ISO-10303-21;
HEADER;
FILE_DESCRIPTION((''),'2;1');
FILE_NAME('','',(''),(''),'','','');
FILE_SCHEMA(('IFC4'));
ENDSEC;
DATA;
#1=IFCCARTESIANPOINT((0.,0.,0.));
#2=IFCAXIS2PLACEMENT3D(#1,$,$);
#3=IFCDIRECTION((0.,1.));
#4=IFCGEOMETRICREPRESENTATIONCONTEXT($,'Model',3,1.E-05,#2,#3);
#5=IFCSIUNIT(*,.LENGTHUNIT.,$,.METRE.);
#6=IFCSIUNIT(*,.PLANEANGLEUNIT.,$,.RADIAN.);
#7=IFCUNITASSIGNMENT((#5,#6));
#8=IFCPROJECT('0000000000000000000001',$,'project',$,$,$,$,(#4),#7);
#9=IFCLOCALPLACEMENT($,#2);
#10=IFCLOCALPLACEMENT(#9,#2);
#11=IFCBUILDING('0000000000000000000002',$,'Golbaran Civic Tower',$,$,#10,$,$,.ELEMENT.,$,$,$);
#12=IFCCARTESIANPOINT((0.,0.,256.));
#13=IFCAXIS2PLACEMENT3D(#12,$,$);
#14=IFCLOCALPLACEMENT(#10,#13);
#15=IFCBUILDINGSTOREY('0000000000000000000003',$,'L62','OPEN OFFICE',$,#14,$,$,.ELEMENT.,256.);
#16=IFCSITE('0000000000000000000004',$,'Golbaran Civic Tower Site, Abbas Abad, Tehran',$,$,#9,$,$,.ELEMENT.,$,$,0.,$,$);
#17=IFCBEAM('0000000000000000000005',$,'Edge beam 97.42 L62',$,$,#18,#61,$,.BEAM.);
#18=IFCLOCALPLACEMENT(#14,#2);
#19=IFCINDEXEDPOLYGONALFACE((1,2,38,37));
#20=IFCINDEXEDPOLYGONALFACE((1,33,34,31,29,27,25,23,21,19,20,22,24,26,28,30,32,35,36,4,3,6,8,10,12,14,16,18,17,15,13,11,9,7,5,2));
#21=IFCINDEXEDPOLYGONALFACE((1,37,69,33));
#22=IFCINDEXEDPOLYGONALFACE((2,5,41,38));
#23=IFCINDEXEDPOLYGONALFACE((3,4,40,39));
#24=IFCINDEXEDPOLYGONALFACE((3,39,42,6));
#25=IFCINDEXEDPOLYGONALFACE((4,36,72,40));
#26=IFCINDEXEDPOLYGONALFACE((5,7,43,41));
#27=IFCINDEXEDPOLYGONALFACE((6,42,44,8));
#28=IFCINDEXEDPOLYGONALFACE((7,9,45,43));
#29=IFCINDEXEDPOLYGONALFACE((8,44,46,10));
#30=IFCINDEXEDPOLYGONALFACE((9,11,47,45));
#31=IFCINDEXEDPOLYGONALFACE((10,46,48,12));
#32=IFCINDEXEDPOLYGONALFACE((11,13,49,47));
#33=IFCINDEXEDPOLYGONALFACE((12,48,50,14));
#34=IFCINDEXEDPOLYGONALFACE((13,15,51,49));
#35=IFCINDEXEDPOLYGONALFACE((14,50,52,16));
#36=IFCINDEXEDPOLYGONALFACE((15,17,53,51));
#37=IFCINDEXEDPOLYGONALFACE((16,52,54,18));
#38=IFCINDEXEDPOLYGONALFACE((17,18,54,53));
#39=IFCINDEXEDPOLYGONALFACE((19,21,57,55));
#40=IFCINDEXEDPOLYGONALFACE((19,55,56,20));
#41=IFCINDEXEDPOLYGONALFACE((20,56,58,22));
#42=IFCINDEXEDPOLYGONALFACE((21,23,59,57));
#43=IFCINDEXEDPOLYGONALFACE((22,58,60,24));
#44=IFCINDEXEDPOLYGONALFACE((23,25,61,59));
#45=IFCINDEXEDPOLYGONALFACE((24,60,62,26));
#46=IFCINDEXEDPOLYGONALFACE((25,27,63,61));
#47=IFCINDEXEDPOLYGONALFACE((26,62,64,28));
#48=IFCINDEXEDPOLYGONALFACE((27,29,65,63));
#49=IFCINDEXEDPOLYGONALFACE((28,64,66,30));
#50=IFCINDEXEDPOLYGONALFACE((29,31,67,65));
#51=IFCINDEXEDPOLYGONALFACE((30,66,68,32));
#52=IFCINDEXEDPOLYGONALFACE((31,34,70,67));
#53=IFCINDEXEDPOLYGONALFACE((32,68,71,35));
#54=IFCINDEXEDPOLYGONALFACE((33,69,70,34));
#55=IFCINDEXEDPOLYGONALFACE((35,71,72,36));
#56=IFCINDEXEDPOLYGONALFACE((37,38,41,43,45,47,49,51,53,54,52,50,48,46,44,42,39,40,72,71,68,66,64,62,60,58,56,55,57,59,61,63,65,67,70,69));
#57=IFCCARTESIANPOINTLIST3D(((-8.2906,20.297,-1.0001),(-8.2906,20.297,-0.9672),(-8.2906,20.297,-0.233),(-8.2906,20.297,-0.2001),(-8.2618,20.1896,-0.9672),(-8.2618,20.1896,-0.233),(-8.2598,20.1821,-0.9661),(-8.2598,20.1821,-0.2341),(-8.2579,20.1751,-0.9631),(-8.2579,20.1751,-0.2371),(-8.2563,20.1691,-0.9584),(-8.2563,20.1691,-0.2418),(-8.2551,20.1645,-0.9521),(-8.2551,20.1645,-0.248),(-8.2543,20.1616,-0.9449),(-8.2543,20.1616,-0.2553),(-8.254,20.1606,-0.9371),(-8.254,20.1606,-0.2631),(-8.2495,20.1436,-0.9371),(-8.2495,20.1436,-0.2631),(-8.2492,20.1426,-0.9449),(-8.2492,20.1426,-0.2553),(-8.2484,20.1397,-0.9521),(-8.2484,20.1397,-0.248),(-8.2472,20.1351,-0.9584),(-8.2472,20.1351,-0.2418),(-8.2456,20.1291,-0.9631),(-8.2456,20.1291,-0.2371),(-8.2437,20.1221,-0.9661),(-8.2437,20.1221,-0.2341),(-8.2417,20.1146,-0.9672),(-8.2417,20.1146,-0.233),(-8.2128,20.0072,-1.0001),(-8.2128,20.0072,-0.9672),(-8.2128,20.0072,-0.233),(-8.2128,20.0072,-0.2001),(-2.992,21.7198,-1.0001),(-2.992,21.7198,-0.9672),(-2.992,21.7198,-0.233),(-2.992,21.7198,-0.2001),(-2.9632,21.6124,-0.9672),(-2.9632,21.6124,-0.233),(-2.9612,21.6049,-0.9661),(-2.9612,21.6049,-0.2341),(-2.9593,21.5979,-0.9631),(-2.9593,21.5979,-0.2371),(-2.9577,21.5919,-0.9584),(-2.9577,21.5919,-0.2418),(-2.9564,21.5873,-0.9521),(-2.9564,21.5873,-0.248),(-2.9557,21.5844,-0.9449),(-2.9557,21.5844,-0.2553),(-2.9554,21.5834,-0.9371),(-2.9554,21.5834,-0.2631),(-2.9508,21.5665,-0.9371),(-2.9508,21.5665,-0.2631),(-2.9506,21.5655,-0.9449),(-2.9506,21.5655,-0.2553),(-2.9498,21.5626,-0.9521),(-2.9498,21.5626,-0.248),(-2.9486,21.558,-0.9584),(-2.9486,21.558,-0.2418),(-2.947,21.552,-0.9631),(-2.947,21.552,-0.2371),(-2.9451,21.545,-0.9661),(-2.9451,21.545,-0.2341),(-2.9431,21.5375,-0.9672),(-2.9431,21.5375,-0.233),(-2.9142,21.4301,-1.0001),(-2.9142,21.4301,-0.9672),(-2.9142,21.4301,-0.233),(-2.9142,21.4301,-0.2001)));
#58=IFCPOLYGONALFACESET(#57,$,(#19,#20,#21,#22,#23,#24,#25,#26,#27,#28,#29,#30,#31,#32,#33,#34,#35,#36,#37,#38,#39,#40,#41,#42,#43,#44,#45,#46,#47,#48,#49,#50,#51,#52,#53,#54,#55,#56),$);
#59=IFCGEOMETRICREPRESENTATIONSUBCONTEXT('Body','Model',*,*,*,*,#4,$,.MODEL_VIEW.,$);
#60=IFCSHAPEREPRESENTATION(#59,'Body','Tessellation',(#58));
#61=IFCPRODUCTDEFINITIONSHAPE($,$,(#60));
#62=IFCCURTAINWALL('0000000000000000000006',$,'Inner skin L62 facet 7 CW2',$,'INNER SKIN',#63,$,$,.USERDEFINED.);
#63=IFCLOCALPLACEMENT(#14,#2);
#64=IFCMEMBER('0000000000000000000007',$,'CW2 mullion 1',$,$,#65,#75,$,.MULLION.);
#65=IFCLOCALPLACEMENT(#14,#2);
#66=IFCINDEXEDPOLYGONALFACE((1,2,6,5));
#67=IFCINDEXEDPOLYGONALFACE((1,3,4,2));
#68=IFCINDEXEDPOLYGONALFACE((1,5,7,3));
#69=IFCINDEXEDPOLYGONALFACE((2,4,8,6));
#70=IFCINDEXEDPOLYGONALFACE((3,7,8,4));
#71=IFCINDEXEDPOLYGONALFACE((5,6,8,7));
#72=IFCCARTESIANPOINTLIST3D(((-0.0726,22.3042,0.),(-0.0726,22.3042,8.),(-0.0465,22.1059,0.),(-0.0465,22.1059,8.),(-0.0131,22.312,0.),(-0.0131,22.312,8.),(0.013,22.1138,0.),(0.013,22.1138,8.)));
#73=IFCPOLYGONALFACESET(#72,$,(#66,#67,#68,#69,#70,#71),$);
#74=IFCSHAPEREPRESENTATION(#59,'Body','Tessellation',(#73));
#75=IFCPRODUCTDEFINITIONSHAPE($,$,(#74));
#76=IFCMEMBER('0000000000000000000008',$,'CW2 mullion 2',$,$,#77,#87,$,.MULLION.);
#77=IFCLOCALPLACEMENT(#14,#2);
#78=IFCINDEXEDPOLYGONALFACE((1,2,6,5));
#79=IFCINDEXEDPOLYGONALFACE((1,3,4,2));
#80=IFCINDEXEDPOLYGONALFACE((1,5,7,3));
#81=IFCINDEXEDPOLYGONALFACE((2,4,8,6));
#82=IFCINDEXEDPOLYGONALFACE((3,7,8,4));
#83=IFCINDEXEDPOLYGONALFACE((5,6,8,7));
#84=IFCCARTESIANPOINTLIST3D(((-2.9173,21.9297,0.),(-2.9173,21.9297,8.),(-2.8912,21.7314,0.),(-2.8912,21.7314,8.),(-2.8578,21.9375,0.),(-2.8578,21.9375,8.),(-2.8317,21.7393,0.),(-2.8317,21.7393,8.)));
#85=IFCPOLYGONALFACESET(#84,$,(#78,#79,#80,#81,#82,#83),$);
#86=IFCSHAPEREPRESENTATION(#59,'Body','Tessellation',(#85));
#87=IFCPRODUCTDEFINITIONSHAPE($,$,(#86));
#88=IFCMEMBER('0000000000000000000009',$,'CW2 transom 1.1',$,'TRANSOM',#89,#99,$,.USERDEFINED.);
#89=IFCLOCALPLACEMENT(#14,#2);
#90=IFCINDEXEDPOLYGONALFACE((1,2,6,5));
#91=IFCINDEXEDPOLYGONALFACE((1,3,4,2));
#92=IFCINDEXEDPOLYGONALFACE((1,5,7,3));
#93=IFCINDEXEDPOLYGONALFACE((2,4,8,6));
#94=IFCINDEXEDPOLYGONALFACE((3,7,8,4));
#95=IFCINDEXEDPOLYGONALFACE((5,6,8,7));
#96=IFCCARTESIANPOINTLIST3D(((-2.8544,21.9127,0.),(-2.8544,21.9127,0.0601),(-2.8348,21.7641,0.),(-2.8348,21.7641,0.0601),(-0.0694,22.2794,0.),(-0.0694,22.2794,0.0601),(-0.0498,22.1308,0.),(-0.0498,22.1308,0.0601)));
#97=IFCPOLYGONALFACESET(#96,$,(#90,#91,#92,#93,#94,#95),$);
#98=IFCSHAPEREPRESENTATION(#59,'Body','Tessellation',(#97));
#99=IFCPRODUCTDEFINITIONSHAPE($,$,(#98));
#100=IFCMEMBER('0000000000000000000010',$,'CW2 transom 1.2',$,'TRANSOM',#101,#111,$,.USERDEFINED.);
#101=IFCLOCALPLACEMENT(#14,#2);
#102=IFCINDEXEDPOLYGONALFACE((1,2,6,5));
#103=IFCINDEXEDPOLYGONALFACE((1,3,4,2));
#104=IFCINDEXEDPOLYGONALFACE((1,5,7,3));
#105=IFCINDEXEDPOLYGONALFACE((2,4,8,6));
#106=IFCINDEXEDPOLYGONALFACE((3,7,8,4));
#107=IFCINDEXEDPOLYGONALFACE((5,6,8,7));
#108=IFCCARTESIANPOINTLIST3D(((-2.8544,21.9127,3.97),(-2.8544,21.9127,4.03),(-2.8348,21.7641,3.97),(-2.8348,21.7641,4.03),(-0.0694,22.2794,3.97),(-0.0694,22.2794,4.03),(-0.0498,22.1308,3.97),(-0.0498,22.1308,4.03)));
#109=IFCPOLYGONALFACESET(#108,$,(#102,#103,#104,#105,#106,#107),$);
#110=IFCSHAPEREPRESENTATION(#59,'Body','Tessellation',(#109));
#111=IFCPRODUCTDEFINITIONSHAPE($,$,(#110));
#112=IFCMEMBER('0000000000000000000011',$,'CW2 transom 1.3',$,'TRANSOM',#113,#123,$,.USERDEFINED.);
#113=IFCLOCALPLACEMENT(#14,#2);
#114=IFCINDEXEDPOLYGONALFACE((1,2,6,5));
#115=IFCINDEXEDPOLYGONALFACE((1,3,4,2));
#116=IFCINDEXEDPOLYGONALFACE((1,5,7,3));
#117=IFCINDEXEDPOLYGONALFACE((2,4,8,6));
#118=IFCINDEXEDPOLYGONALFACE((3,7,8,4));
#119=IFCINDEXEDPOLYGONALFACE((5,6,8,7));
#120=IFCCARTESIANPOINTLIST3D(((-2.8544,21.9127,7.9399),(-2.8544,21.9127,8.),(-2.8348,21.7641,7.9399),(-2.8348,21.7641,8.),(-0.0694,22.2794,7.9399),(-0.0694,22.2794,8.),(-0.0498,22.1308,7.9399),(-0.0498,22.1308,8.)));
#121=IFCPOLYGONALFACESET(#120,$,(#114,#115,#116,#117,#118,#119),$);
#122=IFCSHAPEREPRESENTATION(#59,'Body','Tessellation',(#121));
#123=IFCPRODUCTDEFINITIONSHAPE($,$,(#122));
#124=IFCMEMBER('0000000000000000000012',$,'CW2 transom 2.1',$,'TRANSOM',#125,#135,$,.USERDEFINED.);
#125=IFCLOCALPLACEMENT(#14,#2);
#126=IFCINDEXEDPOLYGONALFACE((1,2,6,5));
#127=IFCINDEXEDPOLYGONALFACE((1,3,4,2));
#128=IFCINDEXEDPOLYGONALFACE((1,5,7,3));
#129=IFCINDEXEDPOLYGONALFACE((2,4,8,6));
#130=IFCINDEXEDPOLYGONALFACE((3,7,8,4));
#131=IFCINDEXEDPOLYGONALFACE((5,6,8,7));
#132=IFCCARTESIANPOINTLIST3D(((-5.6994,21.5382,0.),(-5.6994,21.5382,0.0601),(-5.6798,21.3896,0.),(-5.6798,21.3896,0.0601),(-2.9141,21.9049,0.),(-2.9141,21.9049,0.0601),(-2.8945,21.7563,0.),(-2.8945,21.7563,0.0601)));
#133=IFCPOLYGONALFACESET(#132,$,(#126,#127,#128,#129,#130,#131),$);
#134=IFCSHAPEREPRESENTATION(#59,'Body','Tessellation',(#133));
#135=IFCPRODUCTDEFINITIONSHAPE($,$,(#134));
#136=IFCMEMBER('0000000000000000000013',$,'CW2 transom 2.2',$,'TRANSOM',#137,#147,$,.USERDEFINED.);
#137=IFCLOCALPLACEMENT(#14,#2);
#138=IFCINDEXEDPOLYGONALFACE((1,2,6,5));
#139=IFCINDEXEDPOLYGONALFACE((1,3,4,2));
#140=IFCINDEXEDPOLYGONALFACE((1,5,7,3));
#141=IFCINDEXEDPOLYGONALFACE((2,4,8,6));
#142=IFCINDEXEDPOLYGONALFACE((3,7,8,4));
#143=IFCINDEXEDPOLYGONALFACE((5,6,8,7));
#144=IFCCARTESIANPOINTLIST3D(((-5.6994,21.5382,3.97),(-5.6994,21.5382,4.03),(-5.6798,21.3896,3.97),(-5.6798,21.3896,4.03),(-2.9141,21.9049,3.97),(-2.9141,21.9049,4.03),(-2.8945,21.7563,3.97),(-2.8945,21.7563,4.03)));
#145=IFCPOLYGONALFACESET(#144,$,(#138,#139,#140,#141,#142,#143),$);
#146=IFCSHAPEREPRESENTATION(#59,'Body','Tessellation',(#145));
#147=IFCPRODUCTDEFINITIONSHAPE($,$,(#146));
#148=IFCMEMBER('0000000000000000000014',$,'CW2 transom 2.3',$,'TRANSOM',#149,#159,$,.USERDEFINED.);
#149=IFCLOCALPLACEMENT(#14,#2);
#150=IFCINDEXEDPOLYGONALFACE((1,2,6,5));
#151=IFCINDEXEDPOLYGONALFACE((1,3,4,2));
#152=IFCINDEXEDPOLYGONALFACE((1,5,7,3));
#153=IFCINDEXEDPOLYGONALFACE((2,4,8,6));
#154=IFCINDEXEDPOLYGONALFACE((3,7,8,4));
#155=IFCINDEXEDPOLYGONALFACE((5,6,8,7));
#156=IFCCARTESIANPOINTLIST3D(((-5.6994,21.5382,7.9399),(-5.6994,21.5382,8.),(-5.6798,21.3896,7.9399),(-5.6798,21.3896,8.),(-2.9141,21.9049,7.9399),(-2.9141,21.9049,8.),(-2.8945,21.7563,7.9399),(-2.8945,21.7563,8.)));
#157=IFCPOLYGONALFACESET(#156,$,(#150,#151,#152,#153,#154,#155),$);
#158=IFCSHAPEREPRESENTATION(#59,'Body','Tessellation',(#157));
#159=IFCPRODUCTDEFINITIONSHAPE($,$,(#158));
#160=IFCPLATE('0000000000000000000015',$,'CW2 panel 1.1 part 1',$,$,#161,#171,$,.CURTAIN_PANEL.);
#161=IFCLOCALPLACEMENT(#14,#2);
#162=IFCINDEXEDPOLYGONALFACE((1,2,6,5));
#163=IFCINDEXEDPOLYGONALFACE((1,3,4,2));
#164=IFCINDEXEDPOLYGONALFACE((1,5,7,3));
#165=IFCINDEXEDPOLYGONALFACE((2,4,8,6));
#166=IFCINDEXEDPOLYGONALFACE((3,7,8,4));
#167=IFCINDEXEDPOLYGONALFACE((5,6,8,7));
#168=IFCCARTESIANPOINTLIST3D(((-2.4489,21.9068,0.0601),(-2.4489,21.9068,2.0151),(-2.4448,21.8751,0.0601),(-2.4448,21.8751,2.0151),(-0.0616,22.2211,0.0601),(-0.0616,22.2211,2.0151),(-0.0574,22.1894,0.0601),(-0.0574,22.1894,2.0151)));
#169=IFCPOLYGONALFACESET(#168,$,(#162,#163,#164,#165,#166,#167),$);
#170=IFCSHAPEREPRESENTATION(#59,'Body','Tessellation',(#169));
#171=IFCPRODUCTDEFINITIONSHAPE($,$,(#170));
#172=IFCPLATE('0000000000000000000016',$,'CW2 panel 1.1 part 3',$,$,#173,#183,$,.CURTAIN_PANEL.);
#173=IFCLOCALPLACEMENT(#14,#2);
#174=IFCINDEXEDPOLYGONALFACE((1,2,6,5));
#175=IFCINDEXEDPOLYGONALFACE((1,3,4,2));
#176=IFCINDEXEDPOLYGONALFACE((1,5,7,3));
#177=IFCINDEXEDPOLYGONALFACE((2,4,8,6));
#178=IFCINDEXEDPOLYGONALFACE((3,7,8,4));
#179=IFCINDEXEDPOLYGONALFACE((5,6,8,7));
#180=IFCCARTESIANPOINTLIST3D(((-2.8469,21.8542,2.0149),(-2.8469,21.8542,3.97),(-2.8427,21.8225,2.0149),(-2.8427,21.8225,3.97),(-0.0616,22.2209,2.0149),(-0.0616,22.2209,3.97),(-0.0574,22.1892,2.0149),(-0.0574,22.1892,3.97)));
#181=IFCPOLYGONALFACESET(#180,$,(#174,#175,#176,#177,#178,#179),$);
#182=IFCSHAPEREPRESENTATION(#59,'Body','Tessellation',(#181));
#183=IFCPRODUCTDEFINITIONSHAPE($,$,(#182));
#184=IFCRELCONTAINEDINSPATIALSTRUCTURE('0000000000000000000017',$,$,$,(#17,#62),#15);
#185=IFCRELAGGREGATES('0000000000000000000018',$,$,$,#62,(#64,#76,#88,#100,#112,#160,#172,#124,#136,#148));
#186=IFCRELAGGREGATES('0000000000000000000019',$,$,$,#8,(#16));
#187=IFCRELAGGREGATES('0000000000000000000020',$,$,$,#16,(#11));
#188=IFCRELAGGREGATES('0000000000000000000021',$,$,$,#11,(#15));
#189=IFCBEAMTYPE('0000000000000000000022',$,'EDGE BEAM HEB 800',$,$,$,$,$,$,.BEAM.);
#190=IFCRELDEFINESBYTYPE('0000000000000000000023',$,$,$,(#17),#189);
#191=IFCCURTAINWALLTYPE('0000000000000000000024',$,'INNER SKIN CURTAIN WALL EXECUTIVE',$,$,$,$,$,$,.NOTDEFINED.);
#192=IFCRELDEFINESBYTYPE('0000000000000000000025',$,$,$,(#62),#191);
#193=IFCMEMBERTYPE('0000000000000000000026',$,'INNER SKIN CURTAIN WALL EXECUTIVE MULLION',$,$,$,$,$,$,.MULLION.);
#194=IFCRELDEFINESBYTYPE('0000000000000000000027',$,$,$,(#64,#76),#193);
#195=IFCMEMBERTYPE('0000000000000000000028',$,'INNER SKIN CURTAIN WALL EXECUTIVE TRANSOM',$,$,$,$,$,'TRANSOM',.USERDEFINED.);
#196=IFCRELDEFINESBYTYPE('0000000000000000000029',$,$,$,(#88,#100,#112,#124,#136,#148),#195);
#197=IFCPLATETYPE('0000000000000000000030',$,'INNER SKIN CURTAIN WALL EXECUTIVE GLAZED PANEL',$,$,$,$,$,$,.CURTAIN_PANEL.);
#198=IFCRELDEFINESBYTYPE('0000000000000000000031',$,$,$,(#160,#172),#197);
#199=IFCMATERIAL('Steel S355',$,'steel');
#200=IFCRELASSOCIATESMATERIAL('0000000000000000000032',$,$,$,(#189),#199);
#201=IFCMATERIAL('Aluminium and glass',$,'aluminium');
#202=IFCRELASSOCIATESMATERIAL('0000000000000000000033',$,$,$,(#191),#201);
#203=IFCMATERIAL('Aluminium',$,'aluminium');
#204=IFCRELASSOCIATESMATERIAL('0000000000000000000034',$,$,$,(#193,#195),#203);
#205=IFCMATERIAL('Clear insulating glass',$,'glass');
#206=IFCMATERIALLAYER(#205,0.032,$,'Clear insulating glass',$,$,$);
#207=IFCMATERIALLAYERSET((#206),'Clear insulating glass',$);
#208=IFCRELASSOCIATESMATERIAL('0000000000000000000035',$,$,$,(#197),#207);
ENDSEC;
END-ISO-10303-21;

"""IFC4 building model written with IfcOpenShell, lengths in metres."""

from ifc_helpers import new_model, si_unit, direction, frame, origin, origin_2d, place, context, subcontext, project, spatial, rectangle, i_section, extrude, material, layer, layer_set, material_profile, profile_set, type_object, element, aggregate, save


model = new_model("IFC4")

# Units and contexts
model_context = context("Model", 3, precision=1e-05, world=origin(), true_north=direction((0.0, 1.0)))
body_context = subcontext(model_context, "Body", "Model", "MODEL_VIEW")
ifc_project = project(units=[si_unit("LENGTHUNIT", "METRE"), si_unit("PLANEANGLEUNIT", "RADIAN")], contexts=[model_context])

# Site, building, storey
site_placement = place(None, origin())
site = spatial("IfcSite", under=ifc_project, at=site_placement, Name="Golbaran Civic Tower Site, Abbas Abad, Tehran", CompositionType="ELEMENT", RefElevation=0.0)
building_placement = place(site_placement, origin())
building = spatial("IfcBuilding", under=site, at=building_placement, Name="Golbaran Civic Tower", CompositionType="ELEMENT")
storey_placement = place(building_placement, frame((0.0, 0.0, 256.0)))
storey = spatial("IfcBuildingStorey", under=building, at=storey_placement, Name="L62", Description="OPEN OFFICE", CompositionType="ELEMENT", Elevation=256.0)

# Beam
ifc_material_1 = material(Name="Steel S355", Category="steel")
ifc_material_profile_1 = material_profile(ifc_material_1, i_section(OverallWidth=0.3, OverallDepth=0.8, WebThickness=0.0176, FlangeThickness=0.033, FilletRadius=0.03, at=origin_2d()), Name="HEB 800")
ifc_profile_set_1 = profile_set([ifc_material_profile_1], Name="Steel S355")
beam_type = type_object("IfcBeamType", Name="EDGE BEAM HEB 800", PredefinedType="BEAM", material=ifc_profile_set_1)
beam_placement = place(storey_placement, frame((-2.9531, 21.575, -0.6001), z_axis=(-0.965784, -0.259346, 0.0), x_axis=(0.259346, -0.965784, 0.0)))
element("IfcBeam", 1, at=beam_placement, inside=storey, type_object=beam_type, Name="Edge beam 97.42 L62", PredefinedType="BEAM", context=body_context, shape_type="SweptSolid", body=[
    extrude(i_section(OverallWidth=0.3, OverallDepth=0.8, WebThickness=0.0176, FlangeThickness=0.033, FilletRadius=0.03, at=origin_2d()), origin(), (0.0, 0.0, 1.0), 5.4863),
])

# Curtain wall, members, plates
ifc_material_2 = material(Name="Aluminium and glass", Category="aluminium")
curtain_wall_type = type_object("IfcCurtainWallType", Name="INNER SKIN CURTAIN WALL EXECUTIVE", PredefinedType="NOTDEFINED", material=ifc_material_2)
curtain_wall_placement = place(storey_placement, origin())
curtain_wall = element("IfcCurtainWall", 2, at=curtain_wall_placement, inside=storey, type_object=curtain_wall_type, Name="Inner skin L62 facet 7 CW2", ObjectType="INNER SKIN", PredefinedType="USERDEFINED")
ifc_material_3 = material(Name="Aluminium", Category="aluminium")
ifc_material_profile_2 = material_profile(ifc_material_3, rectangle(XDim=0.2, YDim=0.0601, at=origin_2d()), Name="INNER SKIN CURTAIN WALL EXECUTIVE MULLION")
ifc_profile_set_2 = profile_set([ifc_material_profile_2], Name="Aluminium")
member_type_1 = type_object("IfcMemberType", Name="INNER SKIN CURTAIN WALL EXECUTIVE MULLION", PredefinedType="MULLION", material=ifc_profile_set_2)
member_1_placement = place(storey_placement, frame((-0.0298, 22.209, 0.0), z_axis=(0.0, 0.0, 1.0), x_axis=(0.130526, -0.991445, 0.0)))
member_1 = element("IfcMember", 3, at=member_1_placement, type_object=member_type_1, Name="CW2 mullion 1", PredefinedType="MULLION", context=body_context, shape_type="SweptSolid", body=[
    extrude(rectangle(XDim=0.2, YDim=0.0601, at=origin_2d()), origin(), (0.0, 0.0, 1.0), 8.0),
])
member_2_placement = place(storey_placement, frame((-2.8745, 21.8345, 0.0), z_axis=(0.0, 0.0, 1.0), x_axis=(0.130526, -0.991445, 0.0)))
member_2 = element("IfcMember", 4, at=member_2_placement, type_object=member_type_1, Name="CW2 mullion 2", PredefinedType="MULLION", context=body_context, shape_type="SweptSolid", body=[
    extrude(rectangle(XDim=0.2, YDim=0.0601, at=origin_2d()), origin(), (0.0, 0.0, 1.0), 8.0),
])
ifc_material_profile_3 = material_profile(ifc_material_3, rectangle(XDim=0.1499, YDim=0.0601, at=origin_2d()), Name="INNER SKIN CURTAIN WALL EXECUTIVE TRANSOM")
ifc_profile_set_3 = profile_set([ifc_material_profile_3], Name="Aluminium")
member_type_2 = type_object("IfcMemberType", Name="INNER SKIN CURTAIN WALL EXECUTIVE TRANSOM", ElementType="TRANSOM", PredefinedType="USERDEFINED", material=ifc_profile_set_3)
member_3_placement = place(storey_placement, frame((-0.0596, 22.2051, 0.03), z_axis=(-0.991444, -0.130535, 0.0), x_axis=(0.130535, -0.991444, 0.0)))
member_3 = element("IfcMember", 5, at=member_3_placement, type_object=member_type_2, Name="CW2 transom 1.1", ObjectType="TRANSOM", PredefinedType="USERDEFINED", context=body_context, shape_type="SweptSolid", body=[
    extrude(rectangle(XDim=0.1499, YDim=0.0601, at=origin_2d()), origin(), (0.0, 0.0, 1.0), 2.8091),
])
member_4_placement = place(storey_placement, frame((-0.0596, 22.2051, 4.0), z_axis=(-0.991444, -0.130535, 0.0), x_axis=(0.130535, -0.991444, 0.0)))
member_4 = element("IfcMember", 6, at=member_4_placement, type_object=member_type_2, Name="CW2 transom 1.2", ObjectType="TRANSOM", PredefinedType="USERDEFINED", context=body_context, shape_type="SweptSolid", body=[
    extrude(rectangle(XDim=0.1499, YDim=0.0601, at=origin_2d()), origin(), (0.0, 0.0, 1.0), 2.8091),
])
member_5_placement = place(storey_placement, frame((-0.0596, 22.2051, 7.97), z_axis=(-0.991444, -0.130535, 0.0), x_axis=(0.130535, -0.991444, 0.0)))
member_5 = element("IfcMember", 7, at=member_5_placement, type_object=member_type_2, Name="CW2 transom 1.3", ObjectType="TRANSOM", PredefinedType="USERDEFINED", context=body_context, shape_type="SweptSolid", body=[
    extrude(rectangle(XDim=0.1499, YDim=0.0601, at=origin_2d()), origin(), (0.0, 0.0, 1.0), 2.8091),
])
member_6_placement = place(storey_placement, frame((-2.9043, 21.8306, 0.03), z_axis=(-0.991445, -0.130524, 0.0), x_axis=(0.130524, -0.991445, 0.0)))
member_6 = element("IfcMember", 8, at=member_6_placement, type_object=member_type_2, Name="CW2 transom 2.1", ObjectType="TRANSOM", PredefinedType="USERDEFINED", context=body_context, shape_type="SweptSolid", body=[
    extrude(rectangle(XDim=0.1499, YDim=0.0601, at=origin_2d()), origin(), (0.0, 0.0, 1.0), 2.8093),
])
member_7_placement = place(storey_placement, frame((-2.9043, 21.8306, 4.0), z_axis=(-0.991445, -0.130524, 0.0), x_axis=(0.130524, -0.991445, 0.0)))
member_7 = element("IfcMember", 9, at=member_7_placement, type_object=member_type_2, Name="CW2 transom 2.2", ObjectType="TRANSOM", PredefinedType="USERDEFINED", context=body_context, shape_type="SweptSolid", body=[
    extrude(rectangle(XDim=0.1499, YDim=0.0601, at=origin_2d()), origin(), (0.0, 0.0, 1.0), 2.8093),
])
member_8_placement = place(storey_placement, frame((-2.9043, 21.8306, 7.97), z_axis=(-0.991445, -0.130524, 0.0), x_axis=(0.130524, -0.991445, 0.0)))
member_8 = element("IfcMember", 10, at=member_8_placement, type_object=member_type_2, Name="CW2 transom 2.3", ObjectType="TRANSOM", PredefinedType="USERDEFINED", context=body_context, shape_type="SweptSolid", body=[
    extrude(rectangle(XDim=0.1499, YDim=0.0601, at=origin_2d()), origin(), (0.0, 0.0, 1.0), 2.8093),
])
ifc_material_4 = material(Name="Clear insulating glass", Category="glass")
ifc_layer_1 = layer(ifc_material_4, 0.032, Name="Clear insulating glass")
ifc_layer_set_1 = layer_set([ifc_layer_1], Name="Clear insulating glass")
plate_type_1 = type_object("IfcPlateType", Name="INNER SKIN CURTAIN WALL EXECUTIVE GLAZED PANEL", PredefinedType="CURTAIN_PANEL", material=ifc_layer_set_1)
plate_1_placement = place(storey_placement, frame((-1.2532, 22.0481, 0.0601), z_axis=(0.0, 0.0, 1.0), x_axis=(-0.991445, -0.130526, 0.0)))
plate_1 = element("IfcPlate", 11, at=plate_1_placement, type_object=plate_type_1, Name="CW2 panel 1.1 part 1", PredefinedType="CURTAIN_PANEL", context=body_context, shape_type="SweptSolid", body=[
    extrude(rectangle(XDim=2.408, YDim=0.032, at=origin_2d()), origin(), (0.0, 0.0, 1.0), 1.9551),
])
plate_2_placement = place(storey_placement, frame((-1.4521, 22.0217, 2.0149), z_axis=(0.0, 0.0, 1.0), x_axis=(-0.991445, -0.130526, 0.0)))
plate_2 = element("IfcPlate", 12, at=plate_2_placement, type_object=plate_type_1, Name="CW2 panel 1.1 part 3", PredefinedType="CURTAIN_PANEL", context=body_context, shape_type="SweptSolid", body=[
    extrude(rectangle(XDim=2.8093, YDim=0.032, at=origin_2d()), origin(), (0.0, 0.0, 1.0), 1.9551),
])
aggregate(curtain_wall, [member_1, member_2, member_3, member_4, member_5, plate_1, plate_2, member_6, member_7, member_8])

save(model, "model.ifc")
